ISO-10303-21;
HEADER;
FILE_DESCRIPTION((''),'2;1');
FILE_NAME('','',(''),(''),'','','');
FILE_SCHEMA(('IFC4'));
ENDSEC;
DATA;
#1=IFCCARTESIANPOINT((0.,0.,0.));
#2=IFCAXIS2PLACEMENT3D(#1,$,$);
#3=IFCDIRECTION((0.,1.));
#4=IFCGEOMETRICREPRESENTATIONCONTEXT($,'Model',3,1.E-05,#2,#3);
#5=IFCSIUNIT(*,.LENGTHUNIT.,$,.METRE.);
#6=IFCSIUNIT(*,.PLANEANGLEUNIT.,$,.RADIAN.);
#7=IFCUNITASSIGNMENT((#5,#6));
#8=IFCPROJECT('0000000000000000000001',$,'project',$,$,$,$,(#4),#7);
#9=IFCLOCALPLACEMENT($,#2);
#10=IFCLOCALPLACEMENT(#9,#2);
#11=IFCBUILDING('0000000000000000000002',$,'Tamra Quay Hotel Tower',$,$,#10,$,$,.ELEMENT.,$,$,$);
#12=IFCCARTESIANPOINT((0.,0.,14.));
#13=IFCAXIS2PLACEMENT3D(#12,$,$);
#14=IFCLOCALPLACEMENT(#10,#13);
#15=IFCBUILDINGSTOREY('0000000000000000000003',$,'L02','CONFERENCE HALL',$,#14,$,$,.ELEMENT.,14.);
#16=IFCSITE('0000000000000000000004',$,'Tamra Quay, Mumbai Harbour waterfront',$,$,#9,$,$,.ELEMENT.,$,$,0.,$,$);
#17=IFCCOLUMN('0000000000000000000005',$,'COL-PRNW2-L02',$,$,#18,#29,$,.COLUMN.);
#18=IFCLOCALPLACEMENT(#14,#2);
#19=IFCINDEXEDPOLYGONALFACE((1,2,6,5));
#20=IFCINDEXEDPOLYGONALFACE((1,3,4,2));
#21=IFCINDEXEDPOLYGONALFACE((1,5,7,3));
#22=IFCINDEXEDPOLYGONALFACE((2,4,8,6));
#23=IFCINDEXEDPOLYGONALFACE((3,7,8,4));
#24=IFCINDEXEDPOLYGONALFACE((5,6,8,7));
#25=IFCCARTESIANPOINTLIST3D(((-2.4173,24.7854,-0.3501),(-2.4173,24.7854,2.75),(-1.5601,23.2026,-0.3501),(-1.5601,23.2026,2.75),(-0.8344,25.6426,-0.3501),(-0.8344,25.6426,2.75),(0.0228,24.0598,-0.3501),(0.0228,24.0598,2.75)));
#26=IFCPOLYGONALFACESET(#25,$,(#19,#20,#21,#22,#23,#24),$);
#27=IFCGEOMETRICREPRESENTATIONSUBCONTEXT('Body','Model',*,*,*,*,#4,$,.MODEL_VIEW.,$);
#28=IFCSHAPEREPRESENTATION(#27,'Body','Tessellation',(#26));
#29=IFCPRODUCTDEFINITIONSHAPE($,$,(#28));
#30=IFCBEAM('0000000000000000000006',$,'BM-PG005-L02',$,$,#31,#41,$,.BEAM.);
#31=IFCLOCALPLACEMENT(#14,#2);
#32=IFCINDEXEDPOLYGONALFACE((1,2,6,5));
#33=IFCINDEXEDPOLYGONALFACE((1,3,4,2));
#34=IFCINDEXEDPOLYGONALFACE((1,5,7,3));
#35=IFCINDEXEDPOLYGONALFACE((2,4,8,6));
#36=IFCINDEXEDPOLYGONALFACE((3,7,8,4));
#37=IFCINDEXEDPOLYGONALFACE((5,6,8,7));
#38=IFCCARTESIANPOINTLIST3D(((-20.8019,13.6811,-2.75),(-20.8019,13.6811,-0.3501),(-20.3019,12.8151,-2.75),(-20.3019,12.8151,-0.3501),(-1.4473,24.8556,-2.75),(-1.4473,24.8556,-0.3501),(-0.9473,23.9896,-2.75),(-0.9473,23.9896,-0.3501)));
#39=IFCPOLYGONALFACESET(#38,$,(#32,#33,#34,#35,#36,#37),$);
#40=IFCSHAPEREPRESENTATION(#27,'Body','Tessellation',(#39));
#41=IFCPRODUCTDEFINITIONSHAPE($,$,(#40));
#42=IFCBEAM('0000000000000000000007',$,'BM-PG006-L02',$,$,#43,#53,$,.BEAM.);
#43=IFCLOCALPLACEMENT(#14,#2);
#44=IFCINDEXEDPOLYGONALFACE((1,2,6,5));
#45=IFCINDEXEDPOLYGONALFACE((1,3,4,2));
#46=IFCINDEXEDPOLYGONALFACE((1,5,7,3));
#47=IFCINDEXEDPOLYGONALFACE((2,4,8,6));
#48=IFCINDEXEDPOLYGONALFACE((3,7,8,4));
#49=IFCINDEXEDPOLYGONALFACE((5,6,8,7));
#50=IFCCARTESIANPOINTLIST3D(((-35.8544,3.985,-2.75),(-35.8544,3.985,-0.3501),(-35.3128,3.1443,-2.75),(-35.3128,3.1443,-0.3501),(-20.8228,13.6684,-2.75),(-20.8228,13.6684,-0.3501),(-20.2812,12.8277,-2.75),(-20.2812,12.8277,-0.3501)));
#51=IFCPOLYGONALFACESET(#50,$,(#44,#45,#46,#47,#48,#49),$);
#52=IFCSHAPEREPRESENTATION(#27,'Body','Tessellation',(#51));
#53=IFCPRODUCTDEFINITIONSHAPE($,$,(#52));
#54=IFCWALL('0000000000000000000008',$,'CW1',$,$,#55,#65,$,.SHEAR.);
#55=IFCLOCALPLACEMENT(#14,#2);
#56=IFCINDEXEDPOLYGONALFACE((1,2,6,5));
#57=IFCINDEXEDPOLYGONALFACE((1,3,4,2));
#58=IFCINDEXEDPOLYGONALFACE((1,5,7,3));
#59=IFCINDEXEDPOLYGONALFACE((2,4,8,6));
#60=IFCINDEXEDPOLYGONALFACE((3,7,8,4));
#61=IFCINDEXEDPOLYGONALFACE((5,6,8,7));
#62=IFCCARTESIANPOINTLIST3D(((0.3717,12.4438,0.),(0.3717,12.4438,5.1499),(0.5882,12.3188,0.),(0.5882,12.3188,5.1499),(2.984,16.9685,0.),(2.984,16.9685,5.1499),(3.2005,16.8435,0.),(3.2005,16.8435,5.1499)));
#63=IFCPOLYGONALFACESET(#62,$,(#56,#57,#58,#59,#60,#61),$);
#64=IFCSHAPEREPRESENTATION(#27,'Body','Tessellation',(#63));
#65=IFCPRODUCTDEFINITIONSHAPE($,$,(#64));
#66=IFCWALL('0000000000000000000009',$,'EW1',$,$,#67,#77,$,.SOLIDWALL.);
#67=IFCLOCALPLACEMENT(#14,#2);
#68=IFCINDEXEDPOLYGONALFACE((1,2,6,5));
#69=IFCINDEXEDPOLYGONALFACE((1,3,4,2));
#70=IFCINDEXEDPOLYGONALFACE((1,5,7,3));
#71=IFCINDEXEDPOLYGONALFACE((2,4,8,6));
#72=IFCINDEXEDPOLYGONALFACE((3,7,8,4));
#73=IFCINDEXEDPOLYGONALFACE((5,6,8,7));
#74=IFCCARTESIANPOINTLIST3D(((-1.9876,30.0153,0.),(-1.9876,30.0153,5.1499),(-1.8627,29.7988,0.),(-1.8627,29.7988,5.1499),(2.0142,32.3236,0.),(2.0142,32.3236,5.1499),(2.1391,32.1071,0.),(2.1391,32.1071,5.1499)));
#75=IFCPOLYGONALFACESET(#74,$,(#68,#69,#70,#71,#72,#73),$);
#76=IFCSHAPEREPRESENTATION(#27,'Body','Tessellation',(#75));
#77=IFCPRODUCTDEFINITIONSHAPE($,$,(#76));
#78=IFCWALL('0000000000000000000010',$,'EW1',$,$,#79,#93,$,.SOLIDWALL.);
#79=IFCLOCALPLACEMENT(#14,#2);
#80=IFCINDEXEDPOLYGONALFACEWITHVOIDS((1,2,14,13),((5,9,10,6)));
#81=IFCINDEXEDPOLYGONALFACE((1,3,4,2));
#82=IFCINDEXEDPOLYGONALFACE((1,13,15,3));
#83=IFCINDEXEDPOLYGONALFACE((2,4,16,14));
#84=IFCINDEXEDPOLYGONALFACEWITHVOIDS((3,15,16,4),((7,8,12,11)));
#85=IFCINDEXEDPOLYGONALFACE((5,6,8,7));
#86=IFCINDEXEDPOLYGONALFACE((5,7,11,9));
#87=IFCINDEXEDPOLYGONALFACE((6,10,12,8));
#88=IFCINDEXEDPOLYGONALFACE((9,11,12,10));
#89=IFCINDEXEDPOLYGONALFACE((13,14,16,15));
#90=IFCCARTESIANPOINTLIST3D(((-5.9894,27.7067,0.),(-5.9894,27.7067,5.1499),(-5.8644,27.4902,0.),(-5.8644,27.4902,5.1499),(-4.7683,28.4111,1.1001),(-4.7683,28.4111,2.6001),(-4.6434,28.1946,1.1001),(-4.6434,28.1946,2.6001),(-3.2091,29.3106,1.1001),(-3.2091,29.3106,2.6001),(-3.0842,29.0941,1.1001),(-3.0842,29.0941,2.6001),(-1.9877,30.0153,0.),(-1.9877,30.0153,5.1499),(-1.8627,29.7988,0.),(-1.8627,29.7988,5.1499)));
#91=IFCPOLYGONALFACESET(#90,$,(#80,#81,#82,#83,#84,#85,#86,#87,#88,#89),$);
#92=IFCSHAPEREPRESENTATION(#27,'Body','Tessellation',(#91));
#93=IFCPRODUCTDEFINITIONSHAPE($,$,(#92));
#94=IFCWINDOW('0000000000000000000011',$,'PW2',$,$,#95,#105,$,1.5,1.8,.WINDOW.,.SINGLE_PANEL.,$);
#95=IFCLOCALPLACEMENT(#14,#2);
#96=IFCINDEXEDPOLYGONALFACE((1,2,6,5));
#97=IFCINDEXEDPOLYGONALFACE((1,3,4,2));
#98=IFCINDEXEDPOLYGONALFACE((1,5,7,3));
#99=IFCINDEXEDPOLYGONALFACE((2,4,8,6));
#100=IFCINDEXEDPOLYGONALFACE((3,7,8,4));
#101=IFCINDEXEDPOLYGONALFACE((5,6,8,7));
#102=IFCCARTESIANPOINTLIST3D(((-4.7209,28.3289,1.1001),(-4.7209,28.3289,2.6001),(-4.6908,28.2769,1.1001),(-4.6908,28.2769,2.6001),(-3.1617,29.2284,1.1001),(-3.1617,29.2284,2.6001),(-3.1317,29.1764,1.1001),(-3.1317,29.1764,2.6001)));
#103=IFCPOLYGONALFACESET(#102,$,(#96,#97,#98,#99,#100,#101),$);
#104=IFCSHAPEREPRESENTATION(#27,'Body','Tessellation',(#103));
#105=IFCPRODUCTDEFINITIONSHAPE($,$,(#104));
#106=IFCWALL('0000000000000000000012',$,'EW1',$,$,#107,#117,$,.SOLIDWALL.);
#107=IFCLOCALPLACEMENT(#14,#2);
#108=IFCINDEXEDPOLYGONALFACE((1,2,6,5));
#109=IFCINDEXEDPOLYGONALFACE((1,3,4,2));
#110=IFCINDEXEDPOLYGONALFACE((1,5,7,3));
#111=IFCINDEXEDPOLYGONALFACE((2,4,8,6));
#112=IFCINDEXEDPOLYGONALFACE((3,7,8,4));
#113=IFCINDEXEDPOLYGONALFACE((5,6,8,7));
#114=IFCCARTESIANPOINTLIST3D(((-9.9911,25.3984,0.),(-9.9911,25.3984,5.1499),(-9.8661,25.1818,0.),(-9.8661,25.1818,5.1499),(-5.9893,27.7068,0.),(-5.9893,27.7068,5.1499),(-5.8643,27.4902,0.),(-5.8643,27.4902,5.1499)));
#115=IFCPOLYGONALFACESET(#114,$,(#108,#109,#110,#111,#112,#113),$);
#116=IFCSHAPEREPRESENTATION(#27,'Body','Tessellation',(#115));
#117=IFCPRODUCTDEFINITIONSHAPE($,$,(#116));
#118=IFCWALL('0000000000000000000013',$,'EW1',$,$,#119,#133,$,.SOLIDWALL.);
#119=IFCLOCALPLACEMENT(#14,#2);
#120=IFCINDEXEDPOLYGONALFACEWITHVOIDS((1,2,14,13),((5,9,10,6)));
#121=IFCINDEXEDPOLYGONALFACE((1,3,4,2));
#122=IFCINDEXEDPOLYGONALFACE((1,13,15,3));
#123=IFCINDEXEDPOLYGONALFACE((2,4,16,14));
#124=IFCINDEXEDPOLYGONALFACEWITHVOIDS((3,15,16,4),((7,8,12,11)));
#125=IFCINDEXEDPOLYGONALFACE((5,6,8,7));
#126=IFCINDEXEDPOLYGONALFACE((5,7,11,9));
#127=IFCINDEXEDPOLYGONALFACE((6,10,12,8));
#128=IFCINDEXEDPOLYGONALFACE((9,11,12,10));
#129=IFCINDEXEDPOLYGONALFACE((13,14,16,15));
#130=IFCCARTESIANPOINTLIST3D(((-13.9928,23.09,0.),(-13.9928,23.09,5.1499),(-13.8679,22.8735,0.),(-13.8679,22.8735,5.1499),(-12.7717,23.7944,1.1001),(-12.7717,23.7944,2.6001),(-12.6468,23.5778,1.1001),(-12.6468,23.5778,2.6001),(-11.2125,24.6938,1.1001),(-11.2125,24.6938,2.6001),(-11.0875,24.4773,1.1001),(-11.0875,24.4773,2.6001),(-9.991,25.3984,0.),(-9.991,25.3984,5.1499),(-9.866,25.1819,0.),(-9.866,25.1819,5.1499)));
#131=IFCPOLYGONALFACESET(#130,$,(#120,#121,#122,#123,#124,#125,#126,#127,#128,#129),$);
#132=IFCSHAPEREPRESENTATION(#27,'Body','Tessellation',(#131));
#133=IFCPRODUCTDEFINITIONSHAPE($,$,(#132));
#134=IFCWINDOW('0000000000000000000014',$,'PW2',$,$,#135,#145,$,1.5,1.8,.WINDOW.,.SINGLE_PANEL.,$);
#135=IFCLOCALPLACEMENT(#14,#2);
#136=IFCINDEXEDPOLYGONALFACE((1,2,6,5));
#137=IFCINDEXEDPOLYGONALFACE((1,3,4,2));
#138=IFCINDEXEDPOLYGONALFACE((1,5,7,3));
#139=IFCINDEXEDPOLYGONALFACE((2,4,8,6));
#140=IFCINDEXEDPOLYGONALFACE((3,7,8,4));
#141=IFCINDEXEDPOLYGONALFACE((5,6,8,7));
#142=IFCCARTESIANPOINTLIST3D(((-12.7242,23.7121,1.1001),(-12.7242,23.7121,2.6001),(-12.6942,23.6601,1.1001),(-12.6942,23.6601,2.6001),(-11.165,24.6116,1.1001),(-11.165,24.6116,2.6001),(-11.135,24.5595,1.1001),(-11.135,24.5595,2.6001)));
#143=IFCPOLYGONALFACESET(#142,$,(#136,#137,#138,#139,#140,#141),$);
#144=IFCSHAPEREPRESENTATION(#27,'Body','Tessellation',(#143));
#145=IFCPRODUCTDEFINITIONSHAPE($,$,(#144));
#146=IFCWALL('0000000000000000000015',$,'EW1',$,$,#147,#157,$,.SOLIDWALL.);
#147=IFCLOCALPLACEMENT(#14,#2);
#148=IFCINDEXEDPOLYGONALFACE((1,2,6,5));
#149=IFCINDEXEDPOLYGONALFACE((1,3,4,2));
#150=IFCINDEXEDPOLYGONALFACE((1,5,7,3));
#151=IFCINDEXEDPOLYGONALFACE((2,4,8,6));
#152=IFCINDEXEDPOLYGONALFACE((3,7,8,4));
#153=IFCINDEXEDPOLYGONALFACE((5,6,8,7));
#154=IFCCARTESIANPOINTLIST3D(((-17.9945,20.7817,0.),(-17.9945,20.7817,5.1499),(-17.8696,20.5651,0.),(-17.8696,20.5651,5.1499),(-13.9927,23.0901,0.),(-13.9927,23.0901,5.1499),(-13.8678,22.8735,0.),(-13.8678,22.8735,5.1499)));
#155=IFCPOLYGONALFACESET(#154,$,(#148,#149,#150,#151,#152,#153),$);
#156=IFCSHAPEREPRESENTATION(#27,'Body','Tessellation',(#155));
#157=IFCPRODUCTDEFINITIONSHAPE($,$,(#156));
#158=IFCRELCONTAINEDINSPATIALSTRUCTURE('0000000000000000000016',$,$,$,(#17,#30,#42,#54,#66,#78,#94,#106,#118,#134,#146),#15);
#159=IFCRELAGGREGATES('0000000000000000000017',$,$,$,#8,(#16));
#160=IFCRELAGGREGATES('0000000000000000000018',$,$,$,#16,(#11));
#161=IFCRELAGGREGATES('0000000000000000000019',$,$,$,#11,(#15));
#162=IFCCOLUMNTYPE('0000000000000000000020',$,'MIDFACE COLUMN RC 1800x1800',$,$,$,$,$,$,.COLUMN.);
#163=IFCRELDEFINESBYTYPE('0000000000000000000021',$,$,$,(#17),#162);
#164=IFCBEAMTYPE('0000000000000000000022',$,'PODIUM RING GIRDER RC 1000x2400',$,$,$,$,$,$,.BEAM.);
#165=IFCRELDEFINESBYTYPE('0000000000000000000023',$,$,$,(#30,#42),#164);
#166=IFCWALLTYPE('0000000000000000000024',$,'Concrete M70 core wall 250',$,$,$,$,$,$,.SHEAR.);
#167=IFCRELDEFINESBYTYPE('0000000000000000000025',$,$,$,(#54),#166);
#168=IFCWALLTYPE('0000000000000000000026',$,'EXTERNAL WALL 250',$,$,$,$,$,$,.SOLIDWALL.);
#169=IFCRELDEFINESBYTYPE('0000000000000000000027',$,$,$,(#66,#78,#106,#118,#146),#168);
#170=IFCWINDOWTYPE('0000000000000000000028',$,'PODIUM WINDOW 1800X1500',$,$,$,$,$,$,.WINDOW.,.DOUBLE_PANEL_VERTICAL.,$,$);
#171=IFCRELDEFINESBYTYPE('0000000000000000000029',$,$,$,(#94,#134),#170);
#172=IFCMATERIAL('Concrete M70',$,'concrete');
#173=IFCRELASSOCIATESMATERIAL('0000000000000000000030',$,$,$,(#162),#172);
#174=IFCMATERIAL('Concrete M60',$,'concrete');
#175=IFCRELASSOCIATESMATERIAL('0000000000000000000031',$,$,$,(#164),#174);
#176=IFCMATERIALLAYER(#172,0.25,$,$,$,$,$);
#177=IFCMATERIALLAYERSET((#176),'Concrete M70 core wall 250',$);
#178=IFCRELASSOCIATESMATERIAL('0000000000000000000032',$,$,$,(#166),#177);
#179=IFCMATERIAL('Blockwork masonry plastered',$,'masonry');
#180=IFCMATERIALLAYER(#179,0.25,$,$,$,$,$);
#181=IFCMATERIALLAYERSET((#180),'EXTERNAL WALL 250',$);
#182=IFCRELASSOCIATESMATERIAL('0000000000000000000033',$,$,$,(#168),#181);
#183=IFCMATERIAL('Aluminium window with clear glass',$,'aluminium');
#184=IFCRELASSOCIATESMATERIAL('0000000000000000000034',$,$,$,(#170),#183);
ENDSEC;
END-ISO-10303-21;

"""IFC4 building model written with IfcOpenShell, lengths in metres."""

from ifc_helpers import new_model, si_unit, direction, frame, frame_2d, origin, origin_2d, place, context, subcontext, project, spatial, rectangle, extrude, material, layer, layer_set, material_profile, profile_set, type_object, element, fill, save


model = new_model("IFC4")

# Units and contexts
model_context = context("Model", 3, precision=1e-05, world=origin(), true_north=direction((0.0, 1.0)))
body_context = subcontext(model_context, "Body", "Model", "MODEL_VIEW")
ifc_project = project(units=[si_unit("LENGTHUNIT", "METRE"), si_unit("PLANEANGLEUNIT", "RADIAN")], contexts=[model_context])

# Site, building, storey
site_placement = place(None, origin())
site = spatial("IfcSite", under=ifc_project, at=site_placement, Name="Tamra Quay, Mumbai Harbour waterfront", CompositionType="ELEMENT", RefElevation=0.0)
building_placement = place(site_placement, origin())
building = spatial("IfcBuilding", under=site, at=building_placement, Name="Tamra Quay Hotel Tower", CompositionType="ELEMENT")
storey_placement = place(building_placement, frame((0.0, 0.0, 14.0)))
storey = spatial("IfcBuildingStorey", under=building, at=storey_placement, Name="L02", Description="CONFERENCE HALL", CompositionType="ELEMENT", Elevation=14.0)

# Column
ifc_material_1 = material(Name="Concrete M70", Category="concrete")
ifc_material_profile_1 = material_profile(ifc_material_1, rectangle(XDim=1.8, YDim=1.8, at=origin_2d()), Name="MIDFACE COLUMN RC 1800x1800")
ifc_profile_set_1 = profile_set([ifc_material_profile_1], Name="Concrete M70")
column_type = type_object("IfcColumnType", Name="MIDFACE COLUMN RC 1800x1800", PredefinedType="COLUMN", material=ifc_profile_set_1)
column_placement = place(storey_placement, frame((-1.1973, 24.4226, -0.3501), z_axis=(0.0, 0.0, 1.0), x_axis=(-0.476198, 0.879338, 0.0)))
element("IfcColumn", 1, at=column_placement, inside=storey, type_object=column_type, Name="COL-PRNW2-L02", PredefinedType="COLUMN", context=body_context, shape_type="SweptSolid", body=[
    extrude(rectangle(XDim=1.8, YDim=1.8, at=origin_2d()), origin(), (0.0, 0.0, 1.0), 3.1001),
])

# Beams
ifc_material_2 = material(Name="Concrete M60", Category="concrete")
ifc_material_profile_2 = material_profile(ifc_material_2, rectangle(XDim=1.0, YDim=2.3999, at=origin_2d()), Name="PODIUM RING GIRDER RC 1000x2400")
ifc_profile_set_2 = profile_set([ifc_material_profile_2], Name="Concrete M60")
beam_type = type_object("IfcBeamType", Name="PODIUM RING GIRDER RC 1000x2400", PredefinedType="BEAM", material=ifc_profile_set_2)
beam_1_placement = place(storey_placement, frame((-1.1973, 24.4226, -1.55), z_axis=(-0.866023, -0.500003, 0.0), x_axis=(0.500003, -0.866023, 0.0)))
element("IfcBeam", 2, at=beam_1_placement, inside=storey, type_object=beam_type, Name="BM-PG005-L02", PredefinedType="BEAM", context=body_context, shape_type="SweptSolid", body=[
    extrude(rectangle(XDim=1.0, YDim=2.3999, at=origin_2d()), origin(), (0.0, 0.0, 1.0), 22.3489),
])
beam_2_placement = place(storey_placement, frame((-20.552, 13.248, -1.55), z_axis=(-0.840663, -0.541559, 0.0), x_axis=(0.541559, -0.840663, 0.0)))
element("IfcBeam", 3, at=beam_2_placement, inside=storey, type_object=beam_type, Name="BM-PG006-L02", PredefinedType="BEAM", context=body_context, shape_type="SweptSolid", body=[
    extrude(rectangle(XDim=1.0, YDim=2.3999, at=origin_2d()), origin(), (0.0, 0.0, 1.0), 17.8806),
])

# Walls
ifc_layer_1 = layer(ifc_material_1, 0.25)
ifc_layer_set_1 = layer_set([ifc_layer_1], Name="Concrete M70 core wall 250")
wall_type_1 = type_object("IfcWallType", Name="Concrete M70 core wall 250", PredefinedType="SHEAR", material=ifc_layer_set_1)
wall_1_placement = place(storey_placement, frame((0.48, 12.3813, 0.0), z_axis=(0.0, 0.0, 1.0), x_axis=(0.499999, 0.866026, 0.0)))
element("IfcWall", 4, at=wall_1_placement, inside=storey, type_object=wall_type_1, Name="CW1", PredefinedType="SHEAR", context=body_context, shape_type="SweptSolid", body=[
    extrude(rectangle(XDim=5.2246, YDim=0.25, at=frame_2d((2.6123, 0.0))), origin(), (0.0, 0.0, 1.0), 5.1499),
])
ifc_material_3 = material(Name="Blockwork masonry plastered", Category="masonry")
ifc_layer_2 = layer(ifc_material_3, 0.25)
ifc_layer_set_2 = layer_set([ifc_layer_2], Name="EXTERNAL WALL 250")
wall_type_2 = type_object("IfcWallType", Name="EXTERNAL WALL 250", PredefinedType="SOLIDWALL", material=ifc_layer_set_2)
wall_2_placement = place(storey_placement, frame((-1.9253, 29.907, 0.0), z_axis=(0.0, 0.0, 1.0), x_axis=(0.86623, 0.499646, 0.0)))
element("IfcWall", 5, at=wall_2_placement, inside=storey, type_object=wall_type_2, Name="EW1", PredefinedType="SOLIDWALL", context=body_context, shape_type="SweptSolid", body=[
    extrude(rectangle(XDim=4.6199, YDim=0.25, at=frame_2d((2.3101, 0.0))), origin(), (0.0, 0.0, 1.0), 5.1499),
])

# Wall, opening, window
wall_3_placement = place(storey_placement, frame((-5.927, 27.5984, 0.0), z_axis=(0.0, 0.0, 1.0), x_axis=(0.866194, 0.499709, 0.0)))
wall_3 = element("IfcWall", 6, at=wall_3_placement, inside=storey, type_object=wall_type_2, Name="EW1", PredefinedType="SOLIDWALL", context=body_context, shape_type="SweptSolid", body=[
    extrude(rectangle(XDim=4.6199, YDim=0.25, at=frame_2d((2.3101, 0.0))), origin(), (0.0, 0.0, 1.0), 5.1499),
])
opening_1_placement = place(wall_3_placement, frame((1.4099, 0.0, 1.1001)))
opening_1 = element("IfcOpeningElement", 7, at=opening_1_placement, cuts=wall_3, PredefinedType="OPENING", context=body_context, shape_type="SweptSolid", body=[
    extrude(rectangle(XDim=1.8, YDim=1.5, at=frame_2d((0.8999, 0.75))), frame((0.0, 0.135, 0.0), z_axis=(0.0, -1.0, 0.0), x_axis=(1.0, 0.0, 0.0)), (0.0, 0.0, 1.0), 0.27),
])
ifc_material_4 = material(Name="Aluminium window with clear glass", Category="aluminium")
window_type = type_object("IfcWindowType", Name="PODIUM WINDOW 1800X1500", PartitioningType="DOUBLE_PANEL_VERTICAL", PredefinedType="WINDOW", material=ifc_material_4)
window_1_placement = place(opening_1_placement, origin())
window_1 = element("IfcWindow", 8, at=window_1_placement, inside=storey, type_object=window_type, Name="PW2", OverallHeight=1.5, OverallWidth=1.8, PartitioningType="SINGLE_PANEL", PredefinedType="WINDOW", context=body_context, shape_type="SweptSolid", body=[
    extrude(rectangle(XDim=1.8, YDim=1.5, at=frame_2d((0.8999, 0.75))), frame((0.0, 0.03, 0.0), z_axis=(0.0, -1.0, 0.0), x_axis=(1.0, 0.0, 0.0)), (0.0, 0.0, 1.0), 0.0601),
])
fill(opening_1, window_1)

# Wall
wall_4_placement = place(storey_placement, frame((-9.9287, 25.29, 0.0), z_axis=(0.0, 0.0, 1.0), x_axis=(0.866216, 0.499669, 0.0)))
element("IfcWall", 9, at=wall_4_placement, inside=storey, type_object=wall_type_2, Name="EW1", PredefinedType="SOLIDWALL", context=body_context, shape_type="SweptSolid", body=[
    extrude(rectangle(XDim=4.6199, YDim=0.25, at=frame_2d((2.3101, 0.0))), origin(), (0.0, 0.0, 1.0), 5.1499),
])

# Wall, opening, window
wall_5_placement = place(storey_placement, frame((-13.9304, 22.9817, 0.0), z_axis=(0.0, 0.0, 1.0), x_axis=(0.866216, 0.499669, 0.0)))
wall_5 = element("IfcWall", 10, at=wall_5_placement, inside=storey, type_object=wall_type_2, Name="EW1", PredefinedType="SOLIDWALL", context=body_context, shape_type="SweptSolid", body=[
    extrude(rectangle(XDim=4.6199, YDim=0.25, at=frame_2d((2.3101, 0.0))), origin(), (0.0, 0.0, 1.0), 5.1499),
])
opening_2_placement = place(wall_5_placement, frame((1.4099, 0.0, 1.1001)))
opening_2 = element("IfcOpeningElement", 11, at=opening_2_placement, cuts=wall_5, PredefinedType="OPENING", context=body_context, shape_type="SweptSolid", body=[
    extrude(rectangle(XDim=1.8, YDim=1.5, at=frame_2d((0.8999, 0.75))), frame((0.0, 0.135, 0.0), z_axis=(0.0, -1.0, 0.0), x_axis=(1.0, 0.0, 0.0)), (0.0, 0.0, 1.0), 0.27),
])
window_2_placement = place(opening_2_placement, origin())
window_2 = element("IfcWindow", 12, at=window_2_placement, inside=storey, type_object=window_type, Name="PW2", OverallHeight=1.5, OverallWidth=1.8, PartitioningType="SINGLE_PANEL", PredefinedType="WINDOW", context=body_context, shape_type="SweptSolid", body=[
    extrude(rectangle(XDim=1.8, YDim=1.5, at=frame_2d((0.8999, 0.75))), frame((0.0, 0.03, 0.0), z_axis=(0.0, -1.0, 0.0), x_axis=(1.0, 0.0, 0.0)), (0.0, 0.0, 1.0), 0.0601),
])
fill(opening_2, window_2)

# Wall
wall_6_placement = place(storey_placement, frame((-17.9321, 20.6733, 0.0), z_axis=(0.0, 0.0, 1.0), x_axis=(0.866216, 0.499669, 0.0)))
element("IfcWall", 13, at=wall_6_placement, inside=storey, type_object=wall_type_2, Name="EW1", PredefinedType="SOLIDWALL", context=body_context, shape_type="SweptSolid", body=[
    extrude(rectangle(XDim=4.6199, YDim=0.25, at=frame_2d((2.3101, 0.0))), origin(), (0.0, 0.0, 1.0), 5.1499),
])

save(model, "model.ifc")
